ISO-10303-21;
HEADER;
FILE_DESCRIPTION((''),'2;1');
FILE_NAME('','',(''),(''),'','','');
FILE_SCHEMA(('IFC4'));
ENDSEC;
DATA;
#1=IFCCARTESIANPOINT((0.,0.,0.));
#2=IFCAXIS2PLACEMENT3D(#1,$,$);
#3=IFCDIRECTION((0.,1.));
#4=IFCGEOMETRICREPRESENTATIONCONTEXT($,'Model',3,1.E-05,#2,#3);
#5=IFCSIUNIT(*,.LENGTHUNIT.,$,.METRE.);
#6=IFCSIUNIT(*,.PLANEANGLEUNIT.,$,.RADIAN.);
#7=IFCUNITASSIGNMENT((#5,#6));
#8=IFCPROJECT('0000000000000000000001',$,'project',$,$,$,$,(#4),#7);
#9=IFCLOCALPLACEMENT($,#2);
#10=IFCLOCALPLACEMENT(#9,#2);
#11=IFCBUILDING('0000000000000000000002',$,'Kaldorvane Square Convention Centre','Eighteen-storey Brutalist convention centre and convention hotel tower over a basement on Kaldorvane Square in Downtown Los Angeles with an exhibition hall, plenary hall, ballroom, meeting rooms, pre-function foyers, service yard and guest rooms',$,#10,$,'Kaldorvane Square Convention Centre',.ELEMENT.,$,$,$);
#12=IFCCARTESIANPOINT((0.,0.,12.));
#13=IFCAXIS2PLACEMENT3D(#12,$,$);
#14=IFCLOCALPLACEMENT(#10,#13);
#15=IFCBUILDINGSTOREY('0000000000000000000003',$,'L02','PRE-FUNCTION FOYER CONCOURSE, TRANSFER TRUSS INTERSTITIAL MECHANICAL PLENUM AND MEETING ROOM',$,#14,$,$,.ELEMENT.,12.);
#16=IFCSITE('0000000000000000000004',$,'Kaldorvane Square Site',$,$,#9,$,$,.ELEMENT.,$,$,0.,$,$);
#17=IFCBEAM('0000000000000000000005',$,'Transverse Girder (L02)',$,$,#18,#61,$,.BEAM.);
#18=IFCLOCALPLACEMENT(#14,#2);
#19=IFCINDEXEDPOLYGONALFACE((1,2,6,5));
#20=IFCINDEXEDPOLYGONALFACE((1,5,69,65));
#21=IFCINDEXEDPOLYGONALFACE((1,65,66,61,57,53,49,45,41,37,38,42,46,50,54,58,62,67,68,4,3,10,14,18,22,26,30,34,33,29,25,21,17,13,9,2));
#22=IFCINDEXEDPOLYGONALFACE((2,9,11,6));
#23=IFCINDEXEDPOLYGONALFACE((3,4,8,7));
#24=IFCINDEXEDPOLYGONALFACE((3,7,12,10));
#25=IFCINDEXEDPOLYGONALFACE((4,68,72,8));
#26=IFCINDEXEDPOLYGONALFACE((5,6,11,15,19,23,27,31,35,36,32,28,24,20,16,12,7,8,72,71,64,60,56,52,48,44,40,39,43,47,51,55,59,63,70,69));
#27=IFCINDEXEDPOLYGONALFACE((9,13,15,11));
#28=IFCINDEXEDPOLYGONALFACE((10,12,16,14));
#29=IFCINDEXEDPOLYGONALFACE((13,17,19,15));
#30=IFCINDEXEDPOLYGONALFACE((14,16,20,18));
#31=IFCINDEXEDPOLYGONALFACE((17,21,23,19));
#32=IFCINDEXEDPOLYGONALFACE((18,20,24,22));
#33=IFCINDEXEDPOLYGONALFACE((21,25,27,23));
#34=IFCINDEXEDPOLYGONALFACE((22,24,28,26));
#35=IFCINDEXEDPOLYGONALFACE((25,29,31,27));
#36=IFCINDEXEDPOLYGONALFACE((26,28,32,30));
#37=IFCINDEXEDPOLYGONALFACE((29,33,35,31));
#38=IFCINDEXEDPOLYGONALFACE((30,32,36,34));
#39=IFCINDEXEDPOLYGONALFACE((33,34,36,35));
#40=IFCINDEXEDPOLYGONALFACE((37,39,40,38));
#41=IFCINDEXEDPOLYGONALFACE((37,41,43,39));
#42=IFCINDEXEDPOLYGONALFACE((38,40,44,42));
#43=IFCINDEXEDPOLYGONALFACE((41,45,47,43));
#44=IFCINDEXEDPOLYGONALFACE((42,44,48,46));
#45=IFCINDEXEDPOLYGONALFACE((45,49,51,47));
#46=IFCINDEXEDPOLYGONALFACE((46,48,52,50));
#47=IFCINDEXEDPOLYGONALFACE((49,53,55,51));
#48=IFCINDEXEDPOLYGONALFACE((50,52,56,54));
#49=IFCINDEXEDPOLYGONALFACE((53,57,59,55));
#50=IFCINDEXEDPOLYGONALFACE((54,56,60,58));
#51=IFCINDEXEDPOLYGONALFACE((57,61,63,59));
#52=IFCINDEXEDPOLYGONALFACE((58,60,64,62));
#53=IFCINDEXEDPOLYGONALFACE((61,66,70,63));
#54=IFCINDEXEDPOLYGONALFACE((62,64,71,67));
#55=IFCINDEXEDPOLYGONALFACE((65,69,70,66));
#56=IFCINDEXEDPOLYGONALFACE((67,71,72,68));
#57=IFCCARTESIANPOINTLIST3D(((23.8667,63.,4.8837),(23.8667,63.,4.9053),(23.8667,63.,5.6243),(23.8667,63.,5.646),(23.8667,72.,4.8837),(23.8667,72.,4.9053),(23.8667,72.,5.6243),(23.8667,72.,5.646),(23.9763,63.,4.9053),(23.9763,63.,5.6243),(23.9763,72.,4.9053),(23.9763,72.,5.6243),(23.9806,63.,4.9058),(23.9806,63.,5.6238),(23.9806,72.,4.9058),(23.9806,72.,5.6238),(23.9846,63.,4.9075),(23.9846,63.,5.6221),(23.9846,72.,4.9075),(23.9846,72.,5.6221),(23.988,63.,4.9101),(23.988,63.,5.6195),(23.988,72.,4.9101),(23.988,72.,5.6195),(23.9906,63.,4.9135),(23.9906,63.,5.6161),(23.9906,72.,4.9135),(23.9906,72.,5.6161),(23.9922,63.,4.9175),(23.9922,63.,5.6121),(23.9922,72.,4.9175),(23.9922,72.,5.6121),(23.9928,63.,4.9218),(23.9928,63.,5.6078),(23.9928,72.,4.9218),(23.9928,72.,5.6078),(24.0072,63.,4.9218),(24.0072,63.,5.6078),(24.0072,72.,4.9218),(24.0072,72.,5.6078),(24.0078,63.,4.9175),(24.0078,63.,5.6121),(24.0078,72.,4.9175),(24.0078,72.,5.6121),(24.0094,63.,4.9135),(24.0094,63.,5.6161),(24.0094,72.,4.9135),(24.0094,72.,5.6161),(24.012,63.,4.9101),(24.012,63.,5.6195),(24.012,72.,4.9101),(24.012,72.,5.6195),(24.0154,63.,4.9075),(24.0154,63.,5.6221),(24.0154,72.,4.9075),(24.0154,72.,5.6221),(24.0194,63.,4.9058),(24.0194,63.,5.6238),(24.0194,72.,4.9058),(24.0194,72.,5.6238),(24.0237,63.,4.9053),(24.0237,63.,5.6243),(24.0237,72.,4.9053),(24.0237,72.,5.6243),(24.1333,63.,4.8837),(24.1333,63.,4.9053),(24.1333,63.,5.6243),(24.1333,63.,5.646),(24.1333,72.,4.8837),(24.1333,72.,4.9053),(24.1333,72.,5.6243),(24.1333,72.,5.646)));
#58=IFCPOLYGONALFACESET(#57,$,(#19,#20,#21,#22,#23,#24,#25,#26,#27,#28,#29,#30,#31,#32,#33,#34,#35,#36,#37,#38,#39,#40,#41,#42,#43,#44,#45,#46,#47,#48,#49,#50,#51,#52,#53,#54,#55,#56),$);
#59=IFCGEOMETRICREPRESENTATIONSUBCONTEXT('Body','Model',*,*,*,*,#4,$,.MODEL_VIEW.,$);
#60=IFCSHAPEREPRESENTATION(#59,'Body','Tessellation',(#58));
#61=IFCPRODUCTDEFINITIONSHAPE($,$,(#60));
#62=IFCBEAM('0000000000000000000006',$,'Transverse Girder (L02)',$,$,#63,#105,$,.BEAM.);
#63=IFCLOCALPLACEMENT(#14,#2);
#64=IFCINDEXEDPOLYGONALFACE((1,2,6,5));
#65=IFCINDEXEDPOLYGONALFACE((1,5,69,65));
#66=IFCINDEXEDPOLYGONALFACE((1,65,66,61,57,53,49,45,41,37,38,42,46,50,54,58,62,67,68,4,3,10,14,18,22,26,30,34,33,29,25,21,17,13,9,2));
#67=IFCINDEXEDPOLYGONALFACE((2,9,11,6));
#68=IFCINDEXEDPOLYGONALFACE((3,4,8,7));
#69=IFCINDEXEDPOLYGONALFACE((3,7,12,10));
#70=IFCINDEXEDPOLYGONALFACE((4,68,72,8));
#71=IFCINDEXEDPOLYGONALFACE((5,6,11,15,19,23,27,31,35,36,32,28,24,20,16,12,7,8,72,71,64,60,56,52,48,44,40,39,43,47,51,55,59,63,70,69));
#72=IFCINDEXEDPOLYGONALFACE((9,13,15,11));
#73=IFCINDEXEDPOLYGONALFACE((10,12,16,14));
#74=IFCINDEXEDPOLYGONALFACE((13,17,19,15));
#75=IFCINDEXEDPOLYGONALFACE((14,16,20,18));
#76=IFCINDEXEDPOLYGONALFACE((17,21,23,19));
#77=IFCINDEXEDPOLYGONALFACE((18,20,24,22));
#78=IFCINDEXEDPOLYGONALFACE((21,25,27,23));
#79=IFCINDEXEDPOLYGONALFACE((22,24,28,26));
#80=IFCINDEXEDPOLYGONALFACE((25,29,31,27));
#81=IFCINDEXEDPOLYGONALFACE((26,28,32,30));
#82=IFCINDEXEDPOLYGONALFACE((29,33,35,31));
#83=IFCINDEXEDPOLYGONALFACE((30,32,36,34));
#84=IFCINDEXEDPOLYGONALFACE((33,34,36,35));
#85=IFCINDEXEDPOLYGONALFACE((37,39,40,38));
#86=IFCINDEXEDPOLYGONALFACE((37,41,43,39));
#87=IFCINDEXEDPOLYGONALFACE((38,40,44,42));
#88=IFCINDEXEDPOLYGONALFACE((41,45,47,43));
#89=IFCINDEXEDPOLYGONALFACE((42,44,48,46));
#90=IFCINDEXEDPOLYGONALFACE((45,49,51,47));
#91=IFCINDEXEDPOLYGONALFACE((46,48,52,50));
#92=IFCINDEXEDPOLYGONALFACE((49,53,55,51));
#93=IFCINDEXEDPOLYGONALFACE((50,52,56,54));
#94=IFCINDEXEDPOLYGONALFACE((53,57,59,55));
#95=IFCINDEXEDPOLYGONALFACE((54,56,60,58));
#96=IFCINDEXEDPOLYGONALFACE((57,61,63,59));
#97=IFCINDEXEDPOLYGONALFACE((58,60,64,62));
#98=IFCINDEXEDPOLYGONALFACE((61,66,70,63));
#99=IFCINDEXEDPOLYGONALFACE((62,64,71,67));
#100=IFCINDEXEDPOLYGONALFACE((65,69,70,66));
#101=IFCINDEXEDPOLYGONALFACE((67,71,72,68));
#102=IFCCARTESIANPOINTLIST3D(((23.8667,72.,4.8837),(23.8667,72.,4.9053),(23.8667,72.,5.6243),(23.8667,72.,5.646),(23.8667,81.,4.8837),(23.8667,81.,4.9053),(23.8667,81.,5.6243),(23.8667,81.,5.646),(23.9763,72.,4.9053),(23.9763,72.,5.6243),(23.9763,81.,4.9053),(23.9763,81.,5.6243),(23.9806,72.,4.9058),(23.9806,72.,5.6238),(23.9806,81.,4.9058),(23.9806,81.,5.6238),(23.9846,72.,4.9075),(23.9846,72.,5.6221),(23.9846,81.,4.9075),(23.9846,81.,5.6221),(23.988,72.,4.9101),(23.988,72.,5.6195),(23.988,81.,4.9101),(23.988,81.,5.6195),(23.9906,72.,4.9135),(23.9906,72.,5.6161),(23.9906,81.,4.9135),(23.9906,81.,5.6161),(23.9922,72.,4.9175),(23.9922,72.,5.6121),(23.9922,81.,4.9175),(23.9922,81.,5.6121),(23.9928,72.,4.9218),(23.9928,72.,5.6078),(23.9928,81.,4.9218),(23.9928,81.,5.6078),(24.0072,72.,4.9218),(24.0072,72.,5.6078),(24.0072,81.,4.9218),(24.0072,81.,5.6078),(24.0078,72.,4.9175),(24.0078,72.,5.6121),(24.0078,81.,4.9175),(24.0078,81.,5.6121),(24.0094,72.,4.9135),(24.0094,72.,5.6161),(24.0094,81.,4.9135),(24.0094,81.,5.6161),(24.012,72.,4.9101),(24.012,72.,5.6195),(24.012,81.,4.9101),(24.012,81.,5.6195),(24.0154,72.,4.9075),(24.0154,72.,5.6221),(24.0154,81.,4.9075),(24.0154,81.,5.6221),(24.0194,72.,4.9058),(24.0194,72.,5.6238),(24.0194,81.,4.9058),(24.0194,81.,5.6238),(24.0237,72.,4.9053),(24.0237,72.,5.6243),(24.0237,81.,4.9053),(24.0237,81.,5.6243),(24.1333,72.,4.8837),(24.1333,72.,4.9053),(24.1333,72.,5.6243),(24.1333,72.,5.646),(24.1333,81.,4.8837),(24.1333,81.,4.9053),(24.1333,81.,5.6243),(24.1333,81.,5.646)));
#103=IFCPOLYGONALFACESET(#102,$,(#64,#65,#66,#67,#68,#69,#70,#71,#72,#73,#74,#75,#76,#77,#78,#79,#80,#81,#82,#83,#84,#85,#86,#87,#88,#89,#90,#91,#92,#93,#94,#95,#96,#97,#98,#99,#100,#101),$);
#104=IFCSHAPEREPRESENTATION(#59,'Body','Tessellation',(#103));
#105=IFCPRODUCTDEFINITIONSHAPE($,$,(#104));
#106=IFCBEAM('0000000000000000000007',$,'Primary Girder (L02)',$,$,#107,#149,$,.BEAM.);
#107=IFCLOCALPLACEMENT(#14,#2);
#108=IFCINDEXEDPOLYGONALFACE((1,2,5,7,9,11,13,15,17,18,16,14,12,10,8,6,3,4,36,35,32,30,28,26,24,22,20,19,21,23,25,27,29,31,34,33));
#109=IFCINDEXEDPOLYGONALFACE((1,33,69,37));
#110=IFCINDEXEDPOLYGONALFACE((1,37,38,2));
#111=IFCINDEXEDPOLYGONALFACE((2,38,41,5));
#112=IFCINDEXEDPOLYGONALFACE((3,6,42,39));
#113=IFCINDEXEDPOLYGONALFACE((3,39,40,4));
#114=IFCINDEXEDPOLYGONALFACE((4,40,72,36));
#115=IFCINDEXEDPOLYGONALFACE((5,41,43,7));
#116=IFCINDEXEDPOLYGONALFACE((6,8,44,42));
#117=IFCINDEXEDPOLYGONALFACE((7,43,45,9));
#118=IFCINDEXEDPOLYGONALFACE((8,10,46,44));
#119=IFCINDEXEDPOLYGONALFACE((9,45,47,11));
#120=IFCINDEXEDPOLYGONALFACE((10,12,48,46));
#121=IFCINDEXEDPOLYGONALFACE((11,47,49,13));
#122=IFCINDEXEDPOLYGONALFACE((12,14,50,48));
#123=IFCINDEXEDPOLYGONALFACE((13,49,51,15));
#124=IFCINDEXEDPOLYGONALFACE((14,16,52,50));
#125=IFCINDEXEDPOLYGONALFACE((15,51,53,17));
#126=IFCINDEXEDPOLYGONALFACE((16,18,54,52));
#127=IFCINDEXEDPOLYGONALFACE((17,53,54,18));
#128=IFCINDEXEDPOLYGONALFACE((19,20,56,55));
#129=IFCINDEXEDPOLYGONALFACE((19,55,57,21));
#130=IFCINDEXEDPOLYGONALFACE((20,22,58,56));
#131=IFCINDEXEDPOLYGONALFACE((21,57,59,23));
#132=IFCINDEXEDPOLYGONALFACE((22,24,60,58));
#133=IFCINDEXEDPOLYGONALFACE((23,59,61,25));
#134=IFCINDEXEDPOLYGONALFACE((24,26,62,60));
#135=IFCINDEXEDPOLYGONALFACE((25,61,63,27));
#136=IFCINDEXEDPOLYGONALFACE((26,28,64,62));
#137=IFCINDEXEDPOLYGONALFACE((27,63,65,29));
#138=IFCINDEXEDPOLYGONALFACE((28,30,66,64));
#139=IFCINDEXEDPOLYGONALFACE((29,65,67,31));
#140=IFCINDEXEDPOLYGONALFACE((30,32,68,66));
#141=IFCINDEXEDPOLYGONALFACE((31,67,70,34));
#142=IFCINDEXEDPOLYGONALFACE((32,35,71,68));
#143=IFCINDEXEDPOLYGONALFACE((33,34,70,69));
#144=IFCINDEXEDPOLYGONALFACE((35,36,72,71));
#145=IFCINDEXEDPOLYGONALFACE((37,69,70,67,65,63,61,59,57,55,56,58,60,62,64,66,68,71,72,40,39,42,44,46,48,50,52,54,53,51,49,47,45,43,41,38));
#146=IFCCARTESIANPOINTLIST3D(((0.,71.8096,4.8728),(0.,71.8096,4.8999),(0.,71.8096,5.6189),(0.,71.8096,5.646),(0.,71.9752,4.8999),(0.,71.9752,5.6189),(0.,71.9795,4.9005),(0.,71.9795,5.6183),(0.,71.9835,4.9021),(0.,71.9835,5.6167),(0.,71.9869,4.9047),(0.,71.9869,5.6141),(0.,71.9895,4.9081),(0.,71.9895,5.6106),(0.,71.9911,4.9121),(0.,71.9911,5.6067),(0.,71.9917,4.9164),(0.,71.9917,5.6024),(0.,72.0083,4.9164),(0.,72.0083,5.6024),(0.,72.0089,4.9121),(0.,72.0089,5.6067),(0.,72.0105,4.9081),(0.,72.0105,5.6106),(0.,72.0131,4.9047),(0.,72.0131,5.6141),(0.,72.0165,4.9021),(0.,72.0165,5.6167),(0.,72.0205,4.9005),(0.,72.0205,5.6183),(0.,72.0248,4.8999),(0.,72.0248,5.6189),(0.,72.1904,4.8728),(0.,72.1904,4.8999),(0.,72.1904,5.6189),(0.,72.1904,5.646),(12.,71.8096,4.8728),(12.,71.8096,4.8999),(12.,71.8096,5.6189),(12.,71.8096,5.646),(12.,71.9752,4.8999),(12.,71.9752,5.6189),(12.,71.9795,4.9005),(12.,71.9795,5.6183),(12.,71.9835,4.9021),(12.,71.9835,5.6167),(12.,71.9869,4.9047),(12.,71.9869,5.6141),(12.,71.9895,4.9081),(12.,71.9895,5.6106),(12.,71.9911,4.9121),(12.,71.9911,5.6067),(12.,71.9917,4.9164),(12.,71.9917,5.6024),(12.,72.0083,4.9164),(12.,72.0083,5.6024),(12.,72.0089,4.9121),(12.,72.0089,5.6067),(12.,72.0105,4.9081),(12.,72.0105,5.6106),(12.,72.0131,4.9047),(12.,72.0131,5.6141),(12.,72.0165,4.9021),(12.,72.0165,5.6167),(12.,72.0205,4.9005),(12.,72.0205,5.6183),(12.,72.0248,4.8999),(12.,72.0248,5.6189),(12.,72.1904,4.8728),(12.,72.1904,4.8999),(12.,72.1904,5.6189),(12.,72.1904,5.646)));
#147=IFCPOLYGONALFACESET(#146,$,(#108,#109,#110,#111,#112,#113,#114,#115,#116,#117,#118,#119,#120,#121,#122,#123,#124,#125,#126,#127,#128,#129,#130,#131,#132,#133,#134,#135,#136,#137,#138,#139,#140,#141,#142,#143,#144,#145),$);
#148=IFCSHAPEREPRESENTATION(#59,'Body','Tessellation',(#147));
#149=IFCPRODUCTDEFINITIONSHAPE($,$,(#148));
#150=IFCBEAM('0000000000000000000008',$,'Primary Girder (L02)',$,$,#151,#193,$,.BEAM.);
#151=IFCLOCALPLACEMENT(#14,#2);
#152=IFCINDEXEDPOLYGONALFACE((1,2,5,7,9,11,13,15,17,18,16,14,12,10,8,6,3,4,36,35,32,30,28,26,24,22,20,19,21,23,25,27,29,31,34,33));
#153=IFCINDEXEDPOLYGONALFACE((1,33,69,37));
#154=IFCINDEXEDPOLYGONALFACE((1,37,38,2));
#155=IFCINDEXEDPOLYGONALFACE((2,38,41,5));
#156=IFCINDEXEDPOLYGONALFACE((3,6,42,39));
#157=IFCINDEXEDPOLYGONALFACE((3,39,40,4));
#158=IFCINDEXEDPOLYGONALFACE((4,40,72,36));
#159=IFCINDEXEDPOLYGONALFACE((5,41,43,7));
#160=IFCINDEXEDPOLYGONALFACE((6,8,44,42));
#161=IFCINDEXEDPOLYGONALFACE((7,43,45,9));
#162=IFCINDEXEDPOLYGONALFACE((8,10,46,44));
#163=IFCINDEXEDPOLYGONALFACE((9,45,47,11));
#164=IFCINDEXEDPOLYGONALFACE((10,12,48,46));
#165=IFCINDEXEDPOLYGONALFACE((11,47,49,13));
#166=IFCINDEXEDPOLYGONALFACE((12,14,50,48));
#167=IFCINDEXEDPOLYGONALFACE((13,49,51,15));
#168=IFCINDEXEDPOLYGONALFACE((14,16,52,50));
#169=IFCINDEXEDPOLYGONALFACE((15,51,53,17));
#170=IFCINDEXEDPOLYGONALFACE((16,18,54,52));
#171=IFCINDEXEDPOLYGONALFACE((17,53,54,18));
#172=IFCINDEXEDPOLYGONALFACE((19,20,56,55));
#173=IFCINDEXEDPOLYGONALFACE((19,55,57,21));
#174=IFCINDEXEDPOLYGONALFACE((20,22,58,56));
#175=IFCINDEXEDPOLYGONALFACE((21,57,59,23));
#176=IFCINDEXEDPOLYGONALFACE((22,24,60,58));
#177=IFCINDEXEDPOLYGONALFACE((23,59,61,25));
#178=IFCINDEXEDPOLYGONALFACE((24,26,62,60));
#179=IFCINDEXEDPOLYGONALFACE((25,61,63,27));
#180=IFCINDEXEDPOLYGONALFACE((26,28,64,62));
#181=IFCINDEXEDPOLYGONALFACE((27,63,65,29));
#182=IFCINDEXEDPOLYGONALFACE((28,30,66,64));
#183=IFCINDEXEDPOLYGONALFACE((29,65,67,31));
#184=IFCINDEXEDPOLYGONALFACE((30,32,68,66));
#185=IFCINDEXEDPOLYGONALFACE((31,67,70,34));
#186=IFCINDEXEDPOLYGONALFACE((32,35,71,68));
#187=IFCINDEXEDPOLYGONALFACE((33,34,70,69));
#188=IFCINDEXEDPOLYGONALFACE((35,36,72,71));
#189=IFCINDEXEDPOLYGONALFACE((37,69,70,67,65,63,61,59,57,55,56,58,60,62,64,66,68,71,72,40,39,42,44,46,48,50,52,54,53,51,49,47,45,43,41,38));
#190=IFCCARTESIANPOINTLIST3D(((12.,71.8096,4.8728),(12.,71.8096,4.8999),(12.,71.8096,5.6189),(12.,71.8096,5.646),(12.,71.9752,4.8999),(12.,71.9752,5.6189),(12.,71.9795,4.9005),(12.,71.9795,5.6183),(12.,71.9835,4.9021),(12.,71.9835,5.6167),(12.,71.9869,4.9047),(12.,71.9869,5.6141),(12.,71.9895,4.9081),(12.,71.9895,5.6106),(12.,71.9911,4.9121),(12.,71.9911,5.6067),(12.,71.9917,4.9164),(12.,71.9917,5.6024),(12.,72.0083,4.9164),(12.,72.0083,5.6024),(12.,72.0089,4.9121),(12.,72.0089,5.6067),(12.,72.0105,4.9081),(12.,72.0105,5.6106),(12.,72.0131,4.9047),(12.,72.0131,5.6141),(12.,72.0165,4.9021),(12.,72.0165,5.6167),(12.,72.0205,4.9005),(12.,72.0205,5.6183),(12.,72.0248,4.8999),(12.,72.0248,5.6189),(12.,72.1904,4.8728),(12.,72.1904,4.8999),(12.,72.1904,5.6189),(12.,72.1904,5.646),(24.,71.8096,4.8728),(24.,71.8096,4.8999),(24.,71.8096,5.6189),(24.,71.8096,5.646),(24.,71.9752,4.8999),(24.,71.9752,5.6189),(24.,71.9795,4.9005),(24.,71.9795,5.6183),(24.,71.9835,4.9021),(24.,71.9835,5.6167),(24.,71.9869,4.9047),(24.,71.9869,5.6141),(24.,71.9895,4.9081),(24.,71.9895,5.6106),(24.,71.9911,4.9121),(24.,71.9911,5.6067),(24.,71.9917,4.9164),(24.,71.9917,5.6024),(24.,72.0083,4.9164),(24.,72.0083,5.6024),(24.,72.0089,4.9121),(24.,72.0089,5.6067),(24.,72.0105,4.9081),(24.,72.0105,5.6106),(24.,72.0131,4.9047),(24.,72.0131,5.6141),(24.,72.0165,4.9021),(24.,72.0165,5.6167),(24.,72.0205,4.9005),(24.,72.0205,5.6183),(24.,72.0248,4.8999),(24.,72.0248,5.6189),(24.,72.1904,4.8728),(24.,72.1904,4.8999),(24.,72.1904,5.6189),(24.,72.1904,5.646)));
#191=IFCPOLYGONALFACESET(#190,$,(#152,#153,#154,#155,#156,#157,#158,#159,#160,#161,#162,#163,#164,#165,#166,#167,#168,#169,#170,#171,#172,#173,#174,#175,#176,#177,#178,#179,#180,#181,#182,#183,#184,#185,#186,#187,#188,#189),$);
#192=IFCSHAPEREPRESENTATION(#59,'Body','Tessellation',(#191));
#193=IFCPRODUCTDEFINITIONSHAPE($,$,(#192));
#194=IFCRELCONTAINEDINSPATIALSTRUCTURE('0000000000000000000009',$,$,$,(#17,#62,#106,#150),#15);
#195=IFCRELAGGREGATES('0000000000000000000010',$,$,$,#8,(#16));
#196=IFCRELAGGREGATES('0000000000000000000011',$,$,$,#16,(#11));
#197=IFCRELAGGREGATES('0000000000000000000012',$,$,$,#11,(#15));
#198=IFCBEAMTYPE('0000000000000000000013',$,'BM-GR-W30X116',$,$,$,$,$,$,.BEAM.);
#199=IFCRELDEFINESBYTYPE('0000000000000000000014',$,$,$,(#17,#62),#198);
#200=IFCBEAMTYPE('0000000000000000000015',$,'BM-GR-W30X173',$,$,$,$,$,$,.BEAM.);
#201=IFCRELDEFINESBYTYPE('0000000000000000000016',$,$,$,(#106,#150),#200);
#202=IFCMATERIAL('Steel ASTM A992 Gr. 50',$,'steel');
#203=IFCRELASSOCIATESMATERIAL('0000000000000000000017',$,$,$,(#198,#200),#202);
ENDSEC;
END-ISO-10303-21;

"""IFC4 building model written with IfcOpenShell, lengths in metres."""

from ifc_helpers import new_model, si_unit, direction, frame, origin, origin_2d, place, context, subcontext, project, spatial, i_section, extrude, material, material_profile, profile_set, type_object, element, save


model = new_model("IFC4")

# Units and contexts
model_context = context("Model", 3, precision=1e-05, world=origin(), true_north=direction((0.0, 1.0)))
body_context = subcontext(model_context, "Body", "Model", "MODEL_VIEW")
ifc_project = project(units=[si_unit("LENGTHUNIT", "METRE"), si_unit("PLANEANGLEUNIT", "RADIAN")], contexts=[model_context])

# Site, building, storey
site_placement = place(None, origin())
site = spatial("IfcSite", under=ifc_project, at=site_placement, Name="Kaldorvane Square Site", CompositionType="ELEMENT", RefElevation=0.0)
building_placement = place(site_placement, origin())
building = spatial("IfcBuilding", under=site, at=building_placement, Name="Kaldorvane Square Convention Centre", Description="Eighteen-storey Brutalist convention centre and convention hotel tower over a basement on Kaldorvane Square in Downtown Los Angeles with an exhibition hall, plenary hall, ballroom, meeting rooms, pre-function foyers, service yard and guest rooms", LongName="Kaldorvane Square Convention Centre", CompositionType="ELEMENT")
storey_placement = place(building_placement, frame((0.0, 0.0, 12.0)))
storey = spatial("IfcBuildingStorey", under=building, at=storey_placement, Name="L02", Description="PRE-FUNCTION FOYER CONCOURSE, TRANSFER TRUSS INTERSTITIAL MECHANICAL PLENUM AND MEETING ROOM", CompositionType="ELEMENT", Elevation=12.0)

# Shared definitions
ifc_material_1 = material(Name="Steel ASTM A992 Gr. 50", Category="steel")

# Beams
ifc_material_profile_1 = material_profile(ifc_material_1, i_section(OverallWidth=0.2666, OverallDepth=0.7623, WebThickness=0.0144, FlangeThickness=0.0216, FilletRadius=0.0165, at=origin_2d()), Name="W30X116")
ifc_profile_set_1 = profile_set([ifc_material_profile_1], Name="Steel ASTM A992 Gr. 50")
beam_type_1 = type_object("IfcBeamType", Name="BM-GR-W30X116", PredefinedType="BEAM", material=ifc_profile_set_1)
for number, where, z_axis, x_axis, name in (
    (1, (24.0, 63.0, 5.2648), (0.0, 1.0, 0.0), (-1.0, 0.0, 0.0), "Transverse Girder (L02)"),
    (2, (24.0, 72.0, 5.2648), (0.0, 1.0, 0.0), (-1.0, 0.0, 0.0), "Transverse Girder (L02)"),
):
    element("IfcBeam", number, at=place(storey_placement, frame(where, z_axis=z_axis, x_axis=x_axis)), inside=storey, type_object=beam_type_1, Name=name, PredefinedType="BEAM", context=body_context, shape_type="SweptSolid", body=[
        extrude(i_section(OverallWidth=0.2666, OverallDepth=0.7623, WebThickness=0.0144, FlangeThickness=0.0216, FilletRadius=0.0165, at=origin_2d()), origin(), (0.0, 0.0, 1.0), 9.0),
    ])
ifc_material_profile_2 = material_profile(ifc_material_1, i_section(OverallWidth=0.3807, OverallDepth=0.7732, WebThickness=0.0166, FlangeThickness=0.0271, FilletRadius=0.0165, at=origin_2d()), Name="W30X173")
ifc_profile_set_2 = profile_set([ifc_material_profile_2], Name="Steel ASTM A992 Gr. 50")
beam_type_2 = type_object("IfcBeamType", Name="BM-GR-W30X173", PredefinedType="BEAM", material=ifc_profile_set_2)
for number, where, z_axis, x_axis, name in (
    (3, (0.0, 72.0, 5.2594), (1.0, 0.0, 0.0), (0.0, 1.0, 0.0), "Primary Girder (L02)"),
    (4, (12.0, 72.0, 5.2594), (1.0, 0.0, 0.0), (0.0, 1.0, 0.0), "Primary Girder (L02)"),
):
    element("IfcBeam", number, at=place(storey_placement, frame(where, z_axis=z_axis, x_axis=x_axis)), inside=storey, type_object=beam_type_2, Name=name, PredefinedType="BEAM", context=body_context, shape_type="SweptSolid", body=[
        extrude(i_section(OverallWidth=0.3807, OverallDepth=0.7732, WebThickness=0.0166, FlangeThickness=0.0271, FilletRadius=0.0165, at=origin_2d()), origin(), (0.0, 0.0, 1.0), 12.0),
    ])

save(model, "model.ifc")
